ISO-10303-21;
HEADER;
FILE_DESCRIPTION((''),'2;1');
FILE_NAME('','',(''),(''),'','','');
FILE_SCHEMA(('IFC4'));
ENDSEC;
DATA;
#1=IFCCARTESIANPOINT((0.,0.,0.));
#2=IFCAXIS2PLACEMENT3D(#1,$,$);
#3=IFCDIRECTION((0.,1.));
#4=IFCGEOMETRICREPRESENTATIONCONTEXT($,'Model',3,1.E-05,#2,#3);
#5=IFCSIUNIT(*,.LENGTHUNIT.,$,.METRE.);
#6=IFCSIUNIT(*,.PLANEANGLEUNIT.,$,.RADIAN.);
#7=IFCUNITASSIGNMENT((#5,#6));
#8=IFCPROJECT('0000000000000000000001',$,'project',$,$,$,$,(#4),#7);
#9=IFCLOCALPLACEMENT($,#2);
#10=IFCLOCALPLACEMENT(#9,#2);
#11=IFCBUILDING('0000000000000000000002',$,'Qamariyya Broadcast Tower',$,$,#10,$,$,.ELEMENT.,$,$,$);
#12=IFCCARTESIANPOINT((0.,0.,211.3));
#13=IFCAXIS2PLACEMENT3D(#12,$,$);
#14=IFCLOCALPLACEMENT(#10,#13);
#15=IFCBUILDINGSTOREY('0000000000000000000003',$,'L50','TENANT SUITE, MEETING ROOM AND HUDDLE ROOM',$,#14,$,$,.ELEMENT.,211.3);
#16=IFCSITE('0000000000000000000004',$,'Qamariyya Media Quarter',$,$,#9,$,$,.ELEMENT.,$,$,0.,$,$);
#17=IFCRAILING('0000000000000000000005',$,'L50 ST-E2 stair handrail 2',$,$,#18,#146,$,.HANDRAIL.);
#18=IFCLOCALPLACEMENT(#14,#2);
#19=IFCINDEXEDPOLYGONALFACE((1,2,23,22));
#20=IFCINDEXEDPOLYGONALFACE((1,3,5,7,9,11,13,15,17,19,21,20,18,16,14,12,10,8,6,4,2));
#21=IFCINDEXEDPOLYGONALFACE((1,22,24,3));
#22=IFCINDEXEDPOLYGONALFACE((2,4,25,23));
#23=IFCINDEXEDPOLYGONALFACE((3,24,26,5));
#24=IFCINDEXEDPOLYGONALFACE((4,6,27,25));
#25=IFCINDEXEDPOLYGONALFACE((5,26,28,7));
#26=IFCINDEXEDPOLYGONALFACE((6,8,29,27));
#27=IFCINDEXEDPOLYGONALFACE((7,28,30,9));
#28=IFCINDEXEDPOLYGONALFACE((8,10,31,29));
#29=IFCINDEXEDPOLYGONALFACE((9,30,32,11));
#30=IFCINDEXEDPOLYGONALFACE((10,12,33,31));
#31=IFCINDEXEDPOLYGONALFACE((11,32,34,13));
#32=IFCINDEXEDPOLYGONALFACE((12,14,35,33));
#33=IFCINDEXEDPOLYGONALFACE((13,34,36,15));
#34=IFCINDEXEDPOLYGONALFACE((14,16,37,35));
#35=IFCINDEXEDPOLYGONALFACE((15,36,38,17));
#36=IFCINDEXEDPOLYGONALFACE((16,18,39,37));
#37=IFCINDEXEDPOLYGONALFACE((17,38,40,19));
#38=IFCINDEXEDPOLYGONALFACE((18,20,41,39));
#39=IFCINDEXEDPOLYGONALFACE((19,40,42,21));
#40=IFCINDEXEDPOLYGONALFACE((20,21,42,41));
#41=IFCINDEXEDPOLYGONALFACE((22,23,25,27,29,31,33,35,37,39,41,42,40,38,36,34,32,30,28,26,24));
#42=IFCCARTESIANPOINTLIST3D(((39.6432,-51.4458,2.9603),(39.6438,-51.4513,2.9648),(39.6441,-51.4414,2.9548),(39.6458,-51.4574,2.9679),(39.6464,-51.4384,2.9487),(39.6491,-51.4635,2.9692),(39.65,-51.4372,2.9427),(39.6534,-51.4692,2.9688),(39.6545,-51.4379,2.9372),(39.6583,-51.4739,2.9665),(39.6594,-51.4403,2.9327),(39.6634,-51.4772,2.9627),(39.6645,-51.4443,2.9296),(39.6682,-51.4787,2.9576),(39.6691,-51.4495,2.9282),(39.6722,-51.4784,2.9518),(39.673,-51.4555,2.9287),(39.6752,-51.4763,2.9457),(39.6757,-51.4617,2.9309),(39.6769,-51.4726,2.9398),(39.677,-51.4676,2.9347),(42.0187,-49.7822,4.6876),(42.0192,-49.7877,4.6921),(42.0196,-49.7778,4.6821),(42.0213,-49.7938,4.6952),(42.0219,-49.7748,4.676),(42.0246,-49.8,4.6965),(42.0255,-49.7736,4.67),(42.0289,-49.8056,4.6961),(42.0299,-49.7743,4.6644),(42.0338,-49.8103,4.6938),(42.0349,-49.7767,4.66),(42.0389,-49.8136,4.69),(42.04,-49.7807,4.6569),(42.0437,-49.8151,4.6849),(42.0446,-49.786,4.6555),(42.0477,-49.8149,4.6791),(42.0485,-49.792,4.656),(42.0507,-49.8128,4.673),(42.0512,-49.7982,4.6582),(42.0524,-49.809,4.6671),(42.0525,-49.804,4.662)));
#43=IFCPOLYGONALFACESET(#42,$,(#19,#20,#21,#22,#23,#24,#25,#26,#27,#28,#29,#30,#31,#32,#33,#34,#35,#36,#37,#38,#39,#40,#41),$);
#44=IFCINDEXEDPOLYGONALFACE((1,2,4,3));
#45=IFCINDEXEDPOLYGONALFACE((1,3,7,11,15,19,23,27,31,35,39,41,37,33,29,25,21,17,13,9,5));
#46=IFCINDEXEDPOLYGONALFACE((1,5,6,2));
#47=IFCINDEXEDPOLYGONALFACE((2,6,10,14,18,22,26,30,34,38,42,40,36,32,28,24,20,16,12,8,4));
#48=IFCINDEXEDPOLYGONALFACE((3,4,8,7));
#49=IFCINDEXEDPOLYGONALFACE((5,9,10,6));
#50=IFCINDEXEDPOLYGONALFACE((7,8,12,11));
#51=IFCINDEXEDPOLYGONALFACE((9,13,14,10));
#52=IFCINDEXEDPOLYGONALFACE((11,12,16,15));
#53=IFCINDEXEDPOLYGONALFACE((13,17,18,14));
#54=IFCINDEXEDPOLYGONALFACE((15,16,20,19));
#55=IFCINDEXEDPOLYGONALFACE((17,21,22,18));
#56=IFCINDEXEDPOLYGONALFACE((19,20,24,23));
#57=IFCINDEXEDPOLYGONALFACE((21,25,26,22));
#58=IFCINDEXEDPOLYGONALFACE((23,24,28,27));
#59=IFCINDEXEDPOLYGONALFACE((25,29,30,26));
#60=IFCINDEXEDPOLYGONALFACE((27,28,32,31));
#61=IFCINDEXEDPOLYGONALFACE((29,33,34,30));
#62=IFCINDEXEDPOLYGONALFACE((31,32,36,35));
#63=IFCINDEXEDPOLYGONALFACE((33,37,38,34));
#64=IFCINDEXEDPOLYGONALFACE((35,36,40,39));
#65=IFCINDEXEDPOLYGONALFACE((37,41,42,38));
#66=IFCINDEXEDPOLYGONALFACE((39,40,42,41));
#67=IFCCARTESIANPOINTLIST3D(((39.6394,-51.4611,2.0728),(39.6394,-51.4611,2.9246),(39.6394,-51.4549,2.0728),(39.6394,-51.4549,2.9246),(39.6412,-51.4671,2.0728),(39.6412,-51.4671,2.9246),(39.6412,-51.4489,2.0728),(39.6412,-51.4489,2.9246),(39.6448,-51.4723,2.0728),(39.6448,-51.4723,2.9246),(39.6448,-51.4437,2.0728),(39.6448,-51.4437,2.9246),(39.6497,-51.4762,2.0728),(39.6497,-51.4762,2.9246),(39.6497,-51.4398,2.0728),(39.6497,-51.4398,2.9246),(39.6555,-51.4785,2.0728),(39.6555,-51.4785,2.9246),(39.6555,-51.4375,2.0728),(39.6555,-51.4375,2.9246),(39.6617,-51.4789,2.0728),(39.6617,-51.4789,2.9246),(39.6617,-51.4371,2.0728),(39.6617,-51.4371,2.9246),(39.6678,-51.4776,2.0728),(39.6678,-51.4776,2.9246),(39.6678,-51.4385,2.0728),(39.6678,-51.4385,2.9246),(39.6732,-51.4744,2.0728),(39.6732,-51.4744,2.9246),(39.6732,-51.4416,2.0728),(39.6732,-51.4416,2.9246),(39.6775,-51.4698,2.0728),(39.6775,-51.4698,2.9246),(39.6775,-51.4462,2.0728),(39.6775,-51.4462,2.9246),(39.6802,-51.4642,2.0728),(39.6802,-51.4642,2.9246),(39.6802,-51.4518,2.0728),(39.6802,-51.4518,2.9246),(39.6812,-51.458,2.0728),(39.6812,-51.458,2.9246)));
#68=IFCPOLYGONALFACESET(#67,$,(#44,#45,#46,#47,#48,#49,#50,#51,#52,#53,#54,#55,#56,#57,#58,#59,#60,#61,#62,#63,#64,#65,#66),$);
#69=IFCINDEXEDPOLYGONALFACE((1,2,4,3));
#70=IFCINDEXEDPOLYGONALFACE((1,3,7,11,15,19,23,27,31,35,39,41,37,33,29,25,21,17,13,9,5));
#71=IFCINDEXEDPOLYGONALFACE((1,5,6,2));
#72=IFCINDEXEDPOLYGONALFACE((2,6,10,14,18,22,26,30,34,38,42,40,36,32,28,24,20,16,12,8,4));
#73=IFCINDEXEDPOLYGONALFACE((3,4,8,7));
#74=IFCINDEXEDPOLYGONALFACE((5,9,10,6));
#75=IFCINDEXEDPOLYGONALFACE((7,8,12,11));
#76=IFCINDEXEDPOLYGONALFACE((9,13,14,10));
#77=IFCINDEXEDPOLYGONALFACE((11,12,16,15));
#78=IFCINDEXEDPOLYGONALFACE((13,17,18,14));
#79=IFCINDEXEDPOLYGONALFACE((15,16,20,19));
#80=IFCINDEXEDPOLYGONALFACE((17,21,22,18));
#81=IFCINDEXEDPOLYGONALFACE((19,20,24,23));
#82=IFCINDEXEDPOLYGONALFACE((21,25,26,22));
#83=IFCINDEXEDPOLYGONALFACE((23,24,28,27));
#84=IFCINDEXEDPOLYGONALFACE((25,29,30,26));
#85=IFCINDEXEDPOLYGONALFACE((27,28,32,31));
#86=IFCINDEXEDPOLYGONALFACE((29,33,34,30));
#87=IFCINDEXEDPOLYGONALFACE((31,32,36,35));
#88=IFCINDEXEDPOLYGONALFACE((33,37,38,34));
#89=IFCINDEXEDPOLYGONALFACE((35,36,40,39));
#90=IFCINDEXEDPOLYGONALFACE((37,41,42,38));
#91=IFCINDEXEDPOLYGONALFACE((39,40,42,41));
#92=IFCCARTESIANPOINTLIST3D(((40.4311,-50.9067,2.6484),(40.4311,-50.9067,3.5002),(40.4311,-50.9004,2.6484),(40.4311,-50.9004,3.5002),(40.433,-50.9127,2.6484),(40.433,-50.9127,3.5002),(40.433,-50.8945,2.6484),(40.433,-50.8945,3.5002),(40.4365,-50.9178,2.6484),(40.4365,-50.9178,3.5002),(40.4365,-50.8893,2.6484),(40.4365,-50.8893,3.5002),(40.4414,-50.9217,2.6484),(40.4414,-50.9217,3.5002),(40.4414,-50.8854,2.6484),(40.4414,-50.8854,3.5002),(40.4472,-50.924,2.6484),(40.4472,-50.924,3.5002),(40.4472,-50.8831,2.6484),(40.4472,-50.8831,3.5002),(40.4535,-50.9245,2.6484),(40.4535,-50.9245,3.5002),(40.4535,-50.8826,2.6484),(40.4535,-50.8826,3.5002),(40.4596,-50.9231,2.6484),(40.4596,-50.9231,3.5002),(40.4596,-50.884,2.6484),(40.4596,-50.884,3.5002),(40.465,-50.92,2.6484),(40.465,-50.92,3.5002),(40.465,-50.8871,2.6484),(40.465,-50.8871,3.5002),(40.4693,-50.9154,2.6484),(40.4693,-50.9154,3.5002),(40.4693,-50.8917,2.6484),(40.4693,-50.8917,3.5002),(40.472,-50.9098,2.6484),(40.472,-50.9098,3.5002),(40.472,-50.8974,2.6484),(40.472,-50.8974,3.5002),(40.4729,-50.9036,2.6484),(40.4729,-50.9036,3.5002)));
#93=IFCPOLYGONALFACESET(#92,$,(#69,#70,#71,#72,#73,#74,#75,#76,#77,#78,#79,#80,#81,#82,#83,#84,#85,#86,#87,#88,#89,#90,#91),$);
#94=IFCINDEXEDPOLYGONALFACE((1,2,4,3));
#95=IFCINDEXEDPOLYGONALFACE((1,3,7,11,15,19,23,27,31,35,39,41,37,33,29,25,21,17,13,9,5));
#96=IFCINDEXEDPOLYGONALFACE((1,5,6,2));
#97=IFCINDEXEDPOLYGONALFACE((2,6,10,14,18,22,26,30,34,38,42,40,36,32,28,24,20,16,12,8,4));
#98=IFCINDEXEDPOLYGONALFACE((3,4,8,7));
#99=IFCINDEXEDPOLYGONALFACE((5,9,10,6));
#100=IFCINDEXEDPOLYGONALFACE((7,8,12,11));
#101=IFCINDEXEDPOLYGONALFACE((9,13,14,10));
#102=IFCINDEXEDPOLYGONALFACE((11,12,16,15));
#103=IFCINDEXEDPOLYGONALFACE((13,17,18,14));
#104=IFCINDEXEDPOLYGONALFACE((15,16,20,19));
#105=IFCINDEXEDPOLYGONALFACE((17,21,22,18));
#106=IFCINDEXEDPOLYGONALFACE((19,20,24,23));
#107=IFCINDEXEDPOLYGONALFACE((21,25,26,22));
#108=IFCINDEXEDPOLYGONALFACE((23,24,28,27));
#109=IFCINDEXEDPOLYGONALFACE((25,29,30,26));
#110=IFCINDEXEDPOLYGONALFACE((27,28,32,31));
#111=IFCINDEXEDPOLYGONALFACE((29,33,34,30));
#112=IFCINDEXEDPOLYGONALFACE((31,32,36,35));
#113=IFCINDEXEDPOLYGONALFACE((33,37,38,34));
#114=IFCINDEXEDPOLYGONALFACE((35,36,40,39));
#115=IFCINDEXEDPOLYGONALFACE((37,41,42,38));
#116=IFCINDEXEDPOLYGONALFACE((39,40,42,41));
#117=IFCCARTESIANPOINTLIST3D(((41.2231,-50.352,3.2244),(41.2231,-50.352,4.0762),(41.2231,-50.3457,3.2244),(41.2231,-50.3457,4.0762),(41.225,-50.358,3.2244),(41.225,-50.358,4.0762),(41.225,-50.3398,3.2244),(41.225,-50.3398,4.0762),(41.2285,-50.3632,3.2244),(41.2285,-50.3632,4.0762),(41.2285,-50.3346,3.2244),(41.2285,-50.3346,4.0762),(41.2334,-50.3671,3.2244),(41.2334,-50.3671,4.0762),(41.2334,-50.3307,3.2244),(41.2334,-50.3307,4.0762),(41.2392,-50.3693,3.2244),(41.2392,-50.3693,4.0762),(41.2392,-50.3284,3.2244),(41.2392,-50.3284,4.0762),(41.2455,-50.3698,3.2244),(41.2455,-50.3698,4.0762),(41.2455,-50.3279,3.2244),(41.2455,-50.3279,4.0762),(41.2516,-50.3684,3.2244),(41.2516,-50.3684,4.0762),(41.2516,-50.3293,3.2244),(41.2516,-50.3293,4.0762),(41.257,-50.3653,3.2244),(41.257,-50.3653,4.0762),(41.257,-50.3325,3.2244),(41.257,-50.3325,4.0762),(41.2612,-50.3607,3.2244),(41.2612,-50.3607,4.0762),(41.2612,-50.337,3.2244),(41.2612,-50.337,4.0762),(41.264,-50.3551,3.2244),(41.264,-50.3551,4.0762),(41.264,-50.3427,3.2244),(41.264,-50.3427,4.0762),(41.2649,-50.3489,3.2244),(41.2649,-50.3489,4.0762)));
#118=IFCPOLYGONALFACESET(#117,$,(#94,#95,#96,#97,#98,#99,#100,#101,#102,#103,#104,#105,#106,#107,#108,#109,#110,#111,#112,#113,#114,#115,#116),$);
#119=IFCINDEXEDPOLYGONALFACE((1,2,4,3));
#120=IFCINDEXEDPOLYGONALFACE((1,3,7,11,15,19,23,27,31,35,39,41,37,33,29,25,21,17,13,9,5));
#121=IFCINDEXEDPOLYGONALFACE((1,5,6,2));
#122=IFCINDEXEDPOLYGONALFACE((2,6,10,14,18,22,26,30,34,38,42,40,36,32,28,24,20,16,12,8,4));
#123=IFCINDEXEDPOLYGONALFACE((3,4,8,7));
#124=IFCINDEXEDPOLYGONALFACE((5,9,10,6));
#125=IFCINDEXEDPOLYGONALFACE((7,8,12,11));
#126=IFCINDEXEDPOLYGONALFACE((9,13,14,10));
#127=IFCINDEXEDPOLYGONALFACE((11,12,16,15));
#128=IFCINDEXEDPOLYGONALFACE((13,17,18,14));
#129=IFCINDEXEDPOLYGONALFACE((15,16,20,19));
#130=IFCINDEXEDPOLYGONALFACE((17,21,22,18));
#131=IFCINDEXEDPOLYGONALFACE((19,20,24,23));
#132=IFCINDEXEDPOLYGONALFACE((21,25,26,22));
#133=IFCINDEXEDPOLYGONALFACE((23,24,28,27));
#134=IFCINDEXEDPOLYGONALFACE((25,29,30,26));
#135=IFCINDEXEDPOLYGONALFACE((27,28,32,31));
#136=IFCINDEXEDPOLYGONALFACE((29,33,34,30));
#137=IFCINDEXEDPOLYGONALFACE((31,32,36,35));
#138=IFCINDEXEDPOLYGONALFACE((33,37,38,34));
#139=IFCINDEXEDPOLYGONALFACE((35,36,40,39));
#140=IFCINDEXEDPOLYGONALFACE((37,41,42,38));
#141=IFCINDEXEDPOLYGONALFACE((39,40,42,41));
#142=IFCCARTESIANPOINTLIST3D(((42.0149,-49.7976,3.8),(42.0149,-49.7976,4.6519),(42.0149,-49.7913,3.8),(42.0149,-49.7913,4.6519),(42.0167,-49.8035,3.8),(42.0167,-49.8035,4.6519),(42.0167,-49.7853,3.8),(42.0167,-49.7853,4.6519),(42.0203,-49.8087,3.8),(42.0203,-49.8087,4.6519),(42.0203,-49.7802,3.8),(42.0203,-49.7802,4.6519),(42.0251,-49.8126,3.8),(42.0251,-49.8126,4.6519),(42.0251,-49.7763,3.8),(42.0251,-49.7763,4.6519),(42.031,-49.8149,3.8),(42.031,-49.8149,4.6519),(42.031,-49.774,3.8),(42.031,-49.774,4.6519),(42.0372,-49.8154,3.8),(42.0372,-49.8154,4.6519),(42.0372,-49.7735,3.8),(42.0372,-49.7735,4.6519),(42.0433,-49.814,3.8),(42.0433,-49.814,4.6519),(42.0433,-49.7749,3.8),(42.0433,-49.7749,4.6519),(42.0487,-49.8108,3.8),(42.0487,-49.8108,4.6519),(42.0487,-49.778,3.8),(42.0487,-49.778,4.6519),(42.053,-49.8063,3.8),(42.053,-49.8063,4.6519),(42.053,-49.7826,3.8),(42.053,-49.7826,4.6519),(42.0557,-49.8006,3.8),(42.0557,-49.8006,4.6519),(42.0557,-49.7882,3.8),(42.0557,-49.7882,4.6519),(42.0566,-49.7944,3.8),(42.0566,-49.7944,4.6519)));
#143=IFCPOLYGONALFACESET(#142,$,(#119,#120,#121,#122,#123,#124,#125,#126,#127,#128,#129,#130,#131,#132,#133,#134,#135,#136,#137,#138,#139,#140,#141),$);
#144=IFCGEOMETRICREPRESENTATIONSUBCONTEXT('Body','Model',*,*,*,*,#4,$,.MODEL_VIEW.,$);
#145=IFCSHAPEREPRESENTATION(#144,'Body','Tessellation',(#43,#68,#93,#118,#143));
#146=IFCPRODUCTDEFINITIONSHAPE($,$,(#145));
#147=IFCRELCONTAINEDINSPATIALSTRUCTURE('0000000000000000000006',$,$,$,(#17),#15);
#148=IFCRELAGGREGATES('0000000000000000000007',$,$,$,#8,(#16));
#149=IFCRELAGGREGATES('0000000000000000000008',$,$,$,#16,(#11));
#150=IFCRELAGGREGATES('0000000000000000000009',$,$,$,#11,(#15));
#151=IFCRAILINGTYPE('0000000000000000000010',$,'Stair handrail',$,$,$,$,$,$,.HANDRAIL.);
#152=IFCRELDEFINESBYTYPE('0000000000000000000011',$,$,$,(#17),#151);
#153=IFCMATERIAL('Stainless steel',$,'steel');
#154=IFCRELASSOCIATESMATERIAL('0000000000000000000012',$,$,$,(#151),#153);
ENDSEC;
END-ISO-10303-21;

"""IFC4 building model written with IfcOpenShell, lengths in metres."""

from ifc_helpers import new_model, si_unit, direction, frame, origin, origin_2d, place, context, subcontext, project, spatial, circle, extrude, material, type_object, element, save


model = new_model("IFC4")

# Units and contexts
model_context = context("Model", 3, precision=1e-05, world=origin(), true_north=direction((0.0, 1.0)))
body_context = subcontext(model_context, "Body", "Model", "MODEL_VIEW")
ifc_project = project(units=[si_unit("LENGTHUNIT", "METRE"), si_unit("PLANEANGLEUNIT", "RADIAN")], contexts=[model_context])

# Site, building, storey
site_placement = place(None, origin())
site = spatial("IfcSite", under=ifc_project, at=site_placement, Name="Qamariyya Media Quarter", CompositionType="ELEMENT", RefElevation=0.0)
building_placement = place(site_placement, origin())
building = spatial("IfcBuilding", under=site, at=building_placement, Name="Qamariyya Broadcast Tower", CompositionType="ELEMENT")
storey_placement = place(building_placement, frame((0.0, 0.0, 211.3)))
storey = spatial("IfcBuildingStorey", under=building, at=storey_placement, Name="L50", Description="TENANT SUITE, MEETING ROOM AND HUDDLE ROOM", CompositionType="ELEMENT", Elevation=211.3)

# Railing
ifc_material_1 = material(Name="Stainless steel", Category="steel")
railing_type_1 = type_object("IfcRailingType", Name="Stair handrail", PredefinedType="HANDRAIL", material=ifc_material_1)
railing_1_placement = place(storey_placement, frame((39.6602, -51.458, 2.0728)))
element("IfcRailing", 1, at=railing_1_placement, inside=storey, type_object=railing_type_1, Name="L50 ST-E2 stair handrail 2", PredefinedType="HANDRAIL", context=body_context, shape_type="SweptSolid", body=[
    extrude(circle(Radius=0.0239, at=origin_2d()), frame((0.0, 0.0, 0.876), z_axis=(0.703745, 0.492838, 0.511716), x_axis=(-0.573632, 0.819113, 0.0)), (0.0, 0.0, 1.0), 3.3755),
    extrude(circle(Radius=0.021, at=origin_2d()), origin(), (0.0, 0.0, 1.0), 0.8518),
    extrude(circle(Radius=0.021, at=origin_2d()), frame((0.7917, 0.5544, 0.5757)), (0.0, 0.0, 1.0), 0.8518),
    extrude(circle(Radius=0.021, at=origin_2d()), frame((1.5837, 1.1091, 1.1516)), (0.0, 0.0, 1.0), 0.8518),
    extrude(circle(Radius=0.021, at=origin_2d()), frame((2.3755, 1.6636, 1.7273)), (0.0, 0.0, 1.0), 0.8518),
])

save(model, "model.ifc")
